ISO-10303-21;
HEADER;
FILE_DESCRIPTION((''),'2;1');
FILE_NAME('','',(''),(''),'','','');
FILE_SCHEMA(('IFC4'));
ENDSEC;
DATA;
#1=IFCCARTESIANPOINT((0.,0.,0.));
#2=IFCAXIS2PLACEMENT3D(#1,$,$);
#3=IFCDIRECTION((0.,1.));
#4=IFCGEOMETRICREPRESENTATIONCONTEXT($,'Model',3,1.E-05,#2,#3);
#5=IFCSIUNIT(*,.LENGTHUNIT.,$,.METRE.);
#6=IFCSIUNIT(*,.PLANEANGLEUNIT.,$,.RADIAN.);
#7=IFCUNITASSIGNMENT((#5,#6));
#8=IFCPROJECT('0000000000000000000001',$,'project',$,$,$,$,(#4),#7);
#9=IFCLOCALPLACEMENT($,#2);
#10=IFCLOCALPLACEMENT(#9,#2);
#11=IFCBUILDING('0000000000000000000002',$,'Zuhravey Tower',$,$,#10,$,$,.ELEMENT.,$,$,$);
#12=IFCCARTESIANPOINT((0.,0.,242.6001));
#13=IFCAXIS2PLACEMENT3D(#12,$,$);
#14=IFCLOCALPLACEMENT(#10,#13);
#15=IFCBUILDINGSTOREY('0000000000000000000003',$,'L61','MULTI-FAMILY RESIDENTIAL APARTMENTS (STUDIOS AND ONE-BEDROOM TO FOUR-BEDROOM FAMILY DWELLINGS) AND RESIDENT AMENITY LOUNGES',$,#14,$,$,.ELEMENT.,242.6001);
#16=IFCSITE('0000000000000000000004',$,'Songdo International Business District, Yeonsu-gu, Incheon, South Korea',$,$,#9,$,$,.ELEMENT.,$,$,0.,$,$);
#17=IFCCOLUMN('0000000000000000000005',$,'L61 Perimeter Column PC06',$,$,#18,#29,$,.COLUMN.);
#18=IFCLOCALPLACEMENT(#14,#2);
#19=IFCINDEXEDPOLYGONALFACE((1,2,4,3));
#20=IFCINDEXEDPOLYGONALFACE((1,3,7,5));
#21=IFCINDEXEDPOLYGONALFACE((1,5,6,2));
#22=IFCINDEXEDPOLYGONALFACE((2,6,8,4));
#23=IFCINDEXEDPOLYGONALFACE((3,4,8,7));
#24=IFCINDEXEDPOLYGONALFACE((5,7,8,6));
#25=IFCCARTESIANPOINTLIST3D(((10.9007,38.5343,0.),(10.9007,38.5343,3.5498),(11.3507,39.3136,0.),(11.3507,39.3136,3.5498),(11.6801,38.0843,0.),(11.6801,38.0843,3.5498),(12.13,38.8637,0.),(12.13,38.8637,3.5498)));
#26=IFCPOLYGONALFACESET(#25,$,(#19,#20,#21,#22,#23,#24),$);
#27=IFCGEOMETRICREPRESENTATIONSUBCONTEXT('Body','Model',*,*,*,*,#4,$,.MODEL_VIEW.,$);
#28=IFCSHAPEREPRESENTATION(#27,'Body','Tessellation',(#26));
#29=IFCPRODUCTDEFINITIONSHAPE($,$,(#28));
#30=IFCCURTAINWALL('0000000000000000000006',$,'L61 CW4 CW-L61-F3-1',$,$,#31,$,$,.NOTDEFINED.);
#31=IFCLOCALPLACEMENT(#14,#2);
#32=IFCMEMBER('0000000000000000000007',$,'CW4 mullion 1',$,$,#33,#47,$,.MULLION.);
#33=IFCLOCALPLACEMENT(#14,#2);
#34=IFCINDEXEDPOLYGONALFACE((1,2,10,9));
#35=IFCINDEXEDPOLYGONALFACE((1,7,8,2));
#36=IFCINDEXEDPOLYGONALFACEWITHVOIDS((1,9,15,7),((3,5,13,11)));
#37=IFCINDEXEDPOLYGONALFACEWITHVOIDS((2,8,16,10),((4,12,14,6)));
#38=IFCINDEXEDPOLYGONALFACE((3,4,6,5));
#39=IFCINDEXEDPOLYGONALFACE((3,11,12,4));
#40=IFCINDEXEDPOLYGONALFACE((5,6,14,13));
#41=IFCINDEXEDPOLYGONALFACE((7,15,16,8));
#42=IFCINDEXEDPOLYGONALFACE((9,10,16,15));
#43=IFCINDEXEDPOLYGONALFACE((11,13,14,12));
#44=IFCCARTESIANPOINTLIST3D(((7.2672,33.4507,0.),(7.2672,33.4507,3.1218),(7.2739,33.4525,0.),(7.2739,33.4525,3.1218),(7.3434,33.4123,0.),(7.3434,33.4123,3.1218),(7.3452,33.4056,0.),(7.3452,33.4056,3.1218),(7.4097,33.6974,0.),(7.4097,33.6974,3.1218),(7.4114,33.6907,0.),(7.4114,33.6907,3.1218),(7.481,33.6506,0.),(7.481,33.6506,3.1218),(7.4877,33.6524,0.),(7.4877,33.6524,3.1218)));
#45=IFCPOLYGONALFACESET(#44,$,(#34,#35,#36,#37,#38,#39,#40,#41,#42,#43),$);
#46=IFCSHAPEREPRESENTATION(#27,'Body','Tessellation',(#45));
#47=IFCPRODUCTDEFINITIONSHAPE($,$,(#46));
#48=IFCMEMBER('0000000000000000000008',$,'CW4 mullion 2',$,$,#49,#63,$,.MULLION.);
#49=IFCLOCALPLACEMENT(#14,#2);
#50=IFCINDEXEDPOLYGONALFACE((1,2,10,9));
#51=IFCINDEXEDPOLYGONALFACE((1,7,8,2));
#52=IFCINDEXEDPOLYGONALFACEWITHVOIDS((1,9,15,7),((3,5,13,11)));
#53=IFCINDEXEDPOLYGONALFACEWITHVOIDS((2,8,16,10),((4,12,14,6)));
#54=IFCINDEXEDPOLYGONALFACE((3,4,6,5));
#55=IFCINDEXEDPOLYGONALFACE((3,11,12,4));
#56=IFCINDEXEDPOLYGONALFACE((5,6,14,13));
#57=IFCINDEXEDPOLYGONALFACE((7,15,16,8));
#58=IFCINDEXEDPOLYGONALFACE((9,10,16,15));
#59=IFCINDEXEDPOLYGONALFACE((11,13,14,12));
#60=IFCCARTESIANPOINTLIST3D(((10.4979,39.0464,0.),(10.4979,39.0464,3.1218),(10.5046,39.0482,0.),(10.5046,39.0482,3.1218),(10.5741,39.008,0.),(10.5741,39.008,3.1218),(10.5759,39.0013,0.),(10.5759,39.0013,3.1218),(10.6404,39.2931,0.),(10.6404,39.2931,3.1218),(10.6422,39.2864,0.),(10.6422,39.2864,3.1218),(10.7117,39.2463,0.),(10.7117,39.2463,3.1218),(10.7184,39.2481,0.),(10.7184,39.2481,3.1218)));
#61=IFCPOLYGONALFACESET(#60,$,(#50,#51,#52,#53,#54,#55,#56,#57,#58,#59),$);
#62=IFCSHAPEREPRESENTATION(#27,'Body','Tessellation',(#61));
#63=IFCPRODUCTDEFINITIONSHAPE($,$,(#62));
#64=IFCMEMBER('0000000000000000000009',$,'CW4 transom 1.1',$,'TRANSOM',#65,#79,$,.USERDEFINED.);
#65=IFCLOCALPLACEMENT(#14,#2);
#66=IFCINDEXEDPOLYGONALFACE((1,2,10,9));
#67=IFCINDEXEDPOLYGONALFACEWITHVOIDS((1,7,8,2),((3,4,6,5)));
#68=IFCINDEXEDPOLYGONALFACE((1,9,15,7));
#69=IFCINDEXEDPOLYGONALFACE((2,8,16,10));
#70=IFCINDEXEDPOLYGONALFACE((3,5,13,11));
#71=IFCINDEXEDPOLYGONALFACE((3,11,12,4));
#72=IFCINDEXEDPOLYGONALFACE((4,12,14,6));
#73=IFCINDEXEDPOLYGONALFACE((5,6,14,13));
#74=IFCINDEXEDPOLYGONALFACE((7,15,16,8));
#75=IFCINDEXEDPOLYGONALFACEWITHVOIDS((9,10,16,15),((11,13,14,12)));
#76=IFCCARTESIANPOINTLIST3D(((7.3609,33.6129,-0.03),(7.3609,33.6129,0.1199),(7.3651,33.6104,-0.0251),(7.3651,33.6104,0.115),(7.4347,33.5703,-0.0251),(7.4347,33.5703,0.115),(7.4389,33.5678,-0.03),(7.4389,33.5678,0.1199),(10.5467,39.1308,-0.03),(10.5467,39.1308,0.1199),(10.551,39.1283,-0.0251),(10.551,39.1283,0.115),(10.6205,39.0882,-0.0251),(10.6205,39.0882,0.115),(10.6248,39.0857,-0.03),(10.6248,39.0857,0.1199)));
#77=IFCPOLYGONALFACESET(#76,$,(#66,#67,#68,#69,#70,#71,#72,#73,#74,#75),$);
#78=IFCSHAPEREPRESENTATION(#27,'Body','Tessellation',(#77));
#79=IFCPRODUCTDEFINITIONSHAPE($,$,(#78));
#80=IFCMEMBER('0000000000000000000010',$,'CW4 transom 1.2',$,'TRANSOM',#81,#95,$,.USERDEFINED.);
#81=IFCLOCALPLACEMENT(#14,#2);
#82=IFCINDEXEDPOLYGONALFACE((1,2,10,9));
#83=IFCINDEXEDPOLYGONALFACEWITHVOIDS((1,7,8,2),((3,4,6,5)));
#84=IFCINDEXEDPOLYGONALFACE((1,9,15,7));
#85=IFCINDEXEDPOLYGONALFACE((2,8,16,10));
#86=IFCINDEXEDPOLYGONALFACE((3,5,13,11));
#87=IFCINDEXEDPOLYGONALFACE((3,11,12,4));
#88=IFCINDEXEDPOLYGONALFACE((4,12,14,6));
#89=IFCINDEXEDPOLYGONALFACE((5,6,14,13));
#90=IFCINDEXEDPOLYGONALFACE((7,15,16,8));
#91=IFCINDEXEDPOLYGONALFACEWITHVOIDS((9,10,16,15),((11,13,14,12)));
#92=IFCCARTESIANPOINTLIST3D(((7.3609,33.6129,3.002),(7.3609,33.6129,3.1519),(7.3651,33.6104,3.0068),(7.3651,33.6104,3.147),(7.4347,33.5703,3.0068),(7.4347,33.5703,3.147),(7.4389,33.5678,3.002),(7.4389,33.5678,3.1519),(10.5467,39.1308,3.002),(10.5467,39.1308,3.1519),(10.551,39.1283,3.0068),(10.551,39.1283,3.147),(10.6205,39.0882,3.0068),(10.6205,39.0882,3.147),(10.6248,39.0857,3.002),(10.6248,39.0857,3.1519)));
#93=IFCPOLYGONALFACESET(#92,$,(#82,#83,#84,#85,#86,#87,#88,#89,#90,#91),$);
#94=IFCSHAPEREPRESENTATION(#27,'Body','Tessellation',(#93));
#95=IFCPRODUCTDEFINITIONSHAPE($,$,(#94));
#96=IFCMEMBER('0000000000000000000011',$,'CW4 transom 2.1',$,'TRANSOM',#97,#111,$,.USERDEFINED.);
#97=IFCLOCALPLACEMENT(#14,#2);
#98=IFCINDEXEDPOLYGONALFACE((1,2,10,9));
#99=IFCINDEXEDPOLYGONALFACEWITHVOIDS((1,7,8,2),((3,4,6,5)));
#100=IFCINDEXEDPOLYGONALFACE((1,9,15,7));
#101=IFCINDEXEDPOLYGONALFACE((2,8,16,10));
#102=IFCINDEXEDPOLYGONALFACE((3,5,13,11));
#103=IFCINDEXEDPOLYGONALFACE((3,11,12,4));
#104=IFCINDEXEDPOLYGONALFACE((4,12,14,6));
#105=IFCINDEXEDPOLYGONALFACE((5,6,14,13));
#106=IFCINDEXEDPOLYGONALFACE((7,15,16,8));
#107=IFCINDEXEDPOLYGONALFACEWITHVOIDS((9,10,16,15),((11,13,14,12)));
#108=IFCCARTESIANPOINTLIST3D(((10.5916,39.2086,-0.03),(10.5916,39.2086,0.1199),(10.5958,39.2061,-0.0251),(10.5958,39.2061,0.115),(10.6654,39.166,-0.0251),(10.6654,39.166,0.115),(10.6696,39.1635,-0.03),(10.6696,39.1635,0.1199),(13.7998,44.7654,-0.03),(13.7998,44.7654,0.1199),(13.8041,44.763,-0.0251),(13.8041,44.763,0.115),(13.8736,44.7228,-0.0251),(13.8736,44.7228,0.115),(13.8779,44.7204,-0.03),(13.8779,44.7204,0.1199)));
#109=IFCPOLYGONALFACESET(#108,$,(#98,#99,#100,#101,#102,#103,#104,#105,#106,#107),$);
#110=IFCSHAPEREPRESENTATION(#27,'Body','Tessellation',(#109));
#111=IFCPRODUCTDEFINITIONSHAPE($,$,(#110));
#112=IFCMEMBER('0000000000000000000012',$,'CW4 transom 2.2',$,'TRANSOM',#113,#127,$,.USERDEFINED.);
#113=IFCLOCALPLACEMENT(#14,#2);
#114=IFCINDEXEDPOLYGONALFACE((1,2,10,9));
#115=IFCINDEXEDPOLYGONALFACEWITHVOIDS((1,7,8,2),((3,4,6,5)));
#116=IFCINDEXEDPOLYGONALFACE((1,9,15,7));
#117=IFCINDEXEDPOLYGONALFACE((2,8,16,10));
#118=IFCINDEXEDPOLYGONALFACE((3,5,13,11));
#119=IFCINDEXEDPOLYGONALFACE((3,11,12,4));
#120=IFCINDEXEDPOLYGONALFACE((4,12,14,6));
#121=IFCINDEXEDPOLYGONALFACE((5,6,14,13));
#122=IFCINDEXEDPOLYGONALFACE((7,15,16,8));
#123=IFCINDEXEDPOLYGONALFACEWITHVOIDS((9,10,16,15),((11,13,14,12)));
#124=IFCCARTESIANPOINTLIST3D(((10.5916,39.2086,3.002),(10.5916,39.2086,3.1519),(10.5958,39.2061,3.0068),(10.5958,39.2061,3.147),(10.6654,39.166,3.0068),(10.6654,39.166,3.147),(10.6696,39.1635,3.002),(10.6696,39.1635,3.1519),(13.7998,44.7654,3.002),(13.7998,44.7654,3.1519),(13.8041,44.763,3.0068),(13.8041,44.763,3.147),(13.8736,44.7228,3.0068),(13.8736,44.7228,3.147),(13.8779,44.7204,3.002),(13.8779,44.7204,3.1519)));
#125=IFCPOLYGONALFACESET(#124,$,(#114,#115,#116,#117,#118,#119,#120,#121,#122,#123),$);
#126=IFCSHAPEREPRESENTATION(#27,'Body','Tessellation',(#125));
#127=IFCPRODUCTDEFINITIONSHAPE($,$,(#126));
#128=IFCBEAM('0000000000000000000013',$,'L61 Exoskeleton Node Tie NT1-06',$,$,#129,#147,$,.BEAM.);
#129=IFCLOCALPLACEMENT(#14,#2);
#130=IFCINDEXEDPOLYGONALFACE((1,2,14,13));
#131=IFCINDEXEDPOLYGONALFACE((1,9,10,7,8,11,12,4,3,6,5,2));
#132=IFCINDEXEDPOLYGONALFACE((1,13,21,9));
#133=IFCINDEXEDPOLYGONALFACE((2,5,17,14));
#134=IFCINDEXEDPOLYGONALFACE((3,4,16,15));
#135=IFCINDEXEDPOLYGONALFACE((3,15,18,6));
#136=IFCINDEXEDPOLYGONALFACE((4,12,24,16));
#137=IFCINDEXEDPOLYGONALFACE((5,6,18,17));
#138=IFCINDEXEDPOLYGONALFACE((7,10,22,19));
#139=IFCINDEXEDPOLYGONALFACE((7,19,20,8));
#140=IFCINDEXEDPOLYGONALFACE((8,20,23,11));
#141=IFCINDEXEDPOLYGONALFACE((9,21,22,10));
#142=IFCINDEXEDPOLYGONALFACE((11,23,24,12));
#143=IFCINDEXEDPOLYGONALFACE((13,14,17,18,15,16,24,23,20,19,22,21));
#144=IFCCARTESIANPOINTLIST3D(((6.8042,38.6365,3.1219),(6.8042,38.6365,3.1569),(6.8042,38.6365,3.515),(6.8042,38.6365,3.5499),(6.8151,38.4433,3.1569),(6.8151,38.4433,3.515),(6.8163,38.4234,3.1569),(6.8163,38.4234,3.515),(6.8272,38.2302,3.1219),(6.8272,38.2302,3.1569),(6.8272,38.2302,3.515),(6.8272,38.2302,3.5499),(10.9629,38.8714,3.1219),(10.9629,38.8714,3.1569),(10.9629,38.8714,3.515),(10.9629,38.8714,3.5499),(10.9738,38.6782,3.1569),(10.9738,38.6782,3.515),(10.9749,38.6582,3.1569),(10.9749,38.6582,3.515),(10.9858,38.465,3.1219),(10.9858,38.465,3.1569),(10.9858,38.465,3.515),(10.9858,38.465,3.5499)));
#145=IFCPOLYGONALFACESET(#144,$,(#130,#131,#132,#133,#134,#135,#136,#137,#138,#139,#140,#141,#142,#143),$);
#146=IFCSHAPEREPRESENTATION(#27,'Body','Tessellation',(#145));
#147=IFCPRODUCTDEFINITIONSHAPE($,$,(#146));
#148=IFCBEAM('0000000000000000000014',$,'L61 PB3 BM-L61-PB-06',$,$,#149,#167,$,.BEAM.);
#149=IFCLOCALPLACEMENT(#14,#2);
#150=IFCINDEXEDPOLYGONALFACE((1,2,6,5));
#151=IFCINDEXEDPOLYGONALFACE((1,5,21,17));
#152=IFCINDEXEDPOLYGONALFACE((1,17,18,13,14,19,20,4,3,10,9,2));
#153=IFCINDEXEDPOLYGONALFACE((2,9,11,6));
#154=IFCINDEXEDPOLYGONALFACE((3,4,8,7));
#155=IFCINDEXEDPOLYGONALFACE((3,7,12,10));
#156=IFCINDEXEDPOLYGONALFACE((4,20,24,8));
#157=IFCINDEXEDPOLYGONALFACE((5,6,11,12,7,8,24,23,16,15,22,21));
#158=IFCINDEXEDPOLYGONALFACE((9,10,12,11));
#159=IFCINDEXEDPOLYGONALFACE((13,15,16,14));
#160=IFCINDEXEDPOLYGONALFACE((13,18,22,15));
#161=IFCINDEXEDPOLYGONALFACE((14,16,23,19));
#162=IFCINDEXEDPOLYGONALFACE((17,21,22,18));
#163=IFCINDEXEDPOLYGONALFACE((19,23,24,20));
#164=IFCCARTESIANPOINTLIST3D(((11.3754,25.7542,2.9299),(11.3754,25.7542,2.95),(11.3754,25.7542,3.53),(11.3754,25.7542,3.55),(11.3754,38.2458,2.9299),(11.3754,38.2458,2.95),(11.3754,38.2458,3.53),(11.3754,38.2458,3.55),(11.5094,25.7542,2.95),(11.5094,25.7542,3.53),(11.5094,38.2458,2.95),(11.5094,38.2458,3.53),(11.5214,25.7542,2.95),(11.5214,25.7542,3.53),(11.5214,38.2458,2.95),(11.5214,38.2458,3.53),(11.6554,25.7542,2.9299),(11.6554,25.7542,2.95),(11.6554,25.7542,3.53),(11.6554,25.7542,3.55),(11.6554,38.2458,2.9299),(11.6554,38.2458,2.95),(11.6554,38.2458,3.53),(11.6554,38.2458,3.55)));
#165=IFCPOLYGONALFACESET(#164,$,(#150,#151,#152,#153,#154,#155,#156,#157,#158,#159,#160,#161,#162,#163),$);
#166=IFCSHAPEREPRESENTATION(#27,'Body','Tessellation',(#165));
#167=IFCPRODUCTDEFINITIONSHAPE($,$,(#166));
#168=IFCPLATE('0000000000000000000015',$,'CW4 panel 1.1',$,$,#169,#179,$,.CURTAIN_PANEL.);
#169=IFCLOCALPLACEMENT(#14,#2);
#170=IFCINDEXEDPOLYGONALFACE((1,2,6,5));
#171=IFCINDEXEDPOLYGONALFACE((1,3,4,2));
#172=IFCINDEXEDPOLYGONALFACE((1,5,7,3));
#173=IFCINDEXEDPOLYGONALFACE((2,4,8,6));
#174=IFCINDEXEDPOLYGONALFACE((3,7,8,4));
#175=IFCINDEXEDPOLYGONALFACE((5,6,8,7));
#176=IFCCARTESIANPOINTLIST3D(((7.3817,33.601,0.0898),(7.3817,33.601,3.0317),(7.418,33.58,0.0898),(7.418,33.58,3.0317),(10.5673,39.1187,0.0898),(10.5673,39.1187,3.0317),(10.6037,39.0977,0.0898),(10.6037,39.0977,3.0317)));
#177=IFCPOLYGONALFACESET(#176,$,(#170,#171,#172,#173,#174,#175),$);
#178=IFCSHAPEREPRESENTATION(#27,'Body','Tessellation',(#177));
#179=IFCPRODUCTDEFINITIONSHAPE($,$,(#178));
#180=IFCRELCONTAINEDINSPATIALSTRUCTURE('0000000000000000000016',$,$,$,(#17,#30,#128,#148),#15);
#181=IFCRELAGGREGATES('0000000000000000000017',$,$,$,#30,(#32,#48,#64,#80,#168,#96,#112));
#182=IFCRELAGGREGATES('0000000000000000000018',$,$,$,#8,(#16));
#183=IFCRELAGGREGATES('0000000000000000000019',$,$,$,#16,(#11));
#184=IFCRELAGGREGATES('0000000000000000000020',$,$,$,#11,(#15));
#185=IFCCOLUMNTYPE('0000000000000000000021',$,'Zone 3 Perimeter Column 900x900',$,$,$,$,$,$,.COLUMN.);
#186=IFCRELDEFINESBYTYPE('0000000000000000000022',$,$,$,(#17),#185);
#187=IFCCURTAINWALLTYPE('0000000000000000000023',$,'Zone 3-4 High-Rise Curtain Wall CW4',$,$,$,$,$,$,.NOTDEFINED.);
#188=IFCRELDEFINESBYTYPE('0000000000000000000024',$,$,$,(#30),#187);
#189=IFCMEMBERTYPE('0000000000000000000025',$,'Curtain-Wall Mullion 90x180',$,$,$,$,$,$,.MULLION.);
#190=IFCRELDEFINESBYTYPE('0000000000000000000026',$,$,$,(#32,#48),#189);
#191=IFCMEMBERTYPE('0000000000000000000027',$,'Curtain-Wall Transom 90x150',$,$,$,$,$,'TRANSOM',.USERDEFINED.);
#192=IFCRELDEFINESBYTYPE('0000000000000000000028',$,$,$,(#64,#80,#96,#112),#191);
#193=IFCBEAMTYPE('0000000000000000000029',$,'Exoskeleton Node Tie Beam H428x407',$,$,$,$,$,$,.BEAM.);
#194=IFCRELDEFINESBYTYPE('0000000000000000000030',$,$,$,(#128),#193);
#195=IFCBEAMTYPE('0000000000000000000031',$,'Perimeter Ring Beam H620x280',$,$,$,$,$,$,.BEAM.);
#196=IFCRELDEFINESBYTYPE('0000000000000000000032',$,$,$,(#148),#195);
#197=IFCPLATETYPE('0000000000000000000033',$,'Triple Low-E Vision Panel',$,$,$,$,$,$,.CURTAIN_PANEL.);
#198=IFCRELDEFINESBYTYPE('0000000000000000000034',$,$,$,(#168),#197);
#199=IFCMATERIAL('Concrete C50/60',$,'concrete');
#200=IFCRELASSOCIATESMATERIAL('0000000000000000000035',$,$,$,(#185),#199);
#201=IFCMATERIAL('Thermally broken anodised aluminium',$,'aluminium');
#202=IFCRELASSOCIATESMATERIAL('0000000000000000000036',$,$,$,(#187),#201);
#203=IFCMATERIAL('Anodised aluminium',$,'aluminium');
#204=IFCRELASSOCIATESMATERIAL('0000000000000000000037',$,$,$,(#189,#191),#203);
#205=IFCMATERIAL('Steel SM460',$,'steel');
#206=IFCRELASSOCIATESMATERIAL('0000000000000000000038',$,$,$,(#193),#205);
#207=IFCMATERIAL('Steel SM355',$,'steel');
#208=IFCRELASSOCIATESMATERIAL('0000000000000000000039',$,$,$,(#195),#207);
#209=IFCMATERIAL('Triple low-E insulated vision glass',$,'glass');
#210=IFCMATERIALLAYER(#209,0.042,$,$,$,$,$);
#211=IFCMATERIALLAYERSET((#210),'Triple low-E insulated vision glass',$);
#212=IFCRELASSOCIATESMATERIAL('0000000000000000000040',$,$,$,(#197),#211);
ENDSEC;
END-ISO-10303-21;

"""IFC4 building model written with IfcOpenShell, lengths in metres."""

from ifc_helpers import new_model, si_unit, direction, frame, origin, origin_2d, place, context, subcontext, project, spatial, rectangle, hollow_rectangle, i_section, extrude, material, layer, layer_set, material_profile, profile_set, type_object, element, aggregate, save


model = new_model("IFC4")

# Units and contexts
model_context = context("Model", 3, precision=1e-05, world=origin(), true_north=direction((0.0, 1.0)))
body_context = subcontext(model_context, "Body", "Model", "MODEL_VIEW")
ifc_project = project(units=[si_unit("LENGTHUNIT", "METRE"), si_unit("PLANEANGLEUNIT", "RADIAN")], contexts=[model_context])

# Site, building, storey
site_placement = place(None, origin())
site = spatial("IfcSite", under=ifc_project, at=site_placement, Name="Songdo International Business District, Yeonsu-gu, Incheon, South Korea", CompositionType="ELEMENT", RefElevation=0.0)
building_placement = place(site_placement, origin())
building = spatial("IfcBuilding", under=site, at=building_placement, Name="Zuhravey Tower", CompositionType="ELEMENT")
storey_placement = place(building_placement, frame((0.0, 0.0, 242.6001)))
storey = spatial("IfcBuildingStorey", under=building, at=storey_placement, Name="L61", Description="MULTI-FAMILY RESIDENTIAL APARTMENTS (STUDIOS AND ONE-BEDROOM TO FOUR-BEDROOM FAMILY DWELLINGS) AND RESIDENT AMENITY LOUNGES", CompositionType="ELEMENT", Elevation=242.6001)

# Column
ifc_material_1 = material(Name="Concrete C50/60", Category="concrete")
ifc_material_profile_1 = material_profile(ifc_material_1, rectangle(XDim=0.8999, YDim=0.8999, at=origin_2d()), Name="RC-900x900")
ifc_profile_set_1 = profile_set([ifc_material_profile_1], Name="Concrete C50/60")
column_type = type_object("IfcColumnType", Name="Zone 3 Perimeter Column 900x900", PredefinedType="COLUMN", material=ifc_profile_set_1)
column_placement = place(storey_placement, frame((11.5154, 38.699, 0.0), z_axis=(0.0, 0.0, 1.0), x_axis=(-0.5, -0.866025, 0.0)))
element("IfcColumn", 1, at=column_placement, inside=storey, type_object=column_type, Name="L61 Perimeter Column PC06", PredefinedType="COLUMN", context=body_context, shape_type="SweptSolid", body=[
    extrude(rectangle(XDim=0.8999, YDim=0.8999, at=origin_2d()), origin(), (0.0, 0.0, 1.0), 3.5498),
])

# Curtain wall, members
ifc_material_2 = material(Name="Thermally broken anodised aluminium", Category="aluminium")
curtain_wall_type = type_object("IfcCurtainWallType", Name="Zone 3-4 High-Rise Curtain Wall CW4", PredefinedType="NOTDEFINED", material=ifc_material_2)
curtain_wall_placement = place(storey_placement, origin())
curtain_wall = element("IfcCurtainWall", 2, at=curtain_wall_placement, inside=storey, type_object=curtain_wall_type, Name="L61 CW4 CW-L61-F3-1", PredefinedType="NOTDEFINED")
ifc_material_3 = material(Name="Anodised aluminium", Category="aluminium")
ifc_material_profile_2 = material_profile(ifc_material_3, hollow_rectangle(XDim=0.0901, YDim=0.2849, WallThickness=0.0049, at=origin_2d()), Name="ALU-RHS-90x285x5")
ifc_profile_set_2 = profile_set([ifc_material_profile_2], Name="Anodised aluminium")
member_type_1 = type_object("IfcMemberType", Name="Curtain-Wall Mullion 90x180", PredefinedType="MULLION", material=ifc_profile_set_2)
member_1_placement = place(storey_placement, frame((7.3774, 33.5515, 0.0), z_axis=(0.0, 0.0, 1.0), x_axis=(-0.866025, 0.500001, 0.0)))
member_1 = element("IfcMember", 3, at=member_1_placement, type_object=member_type_1, Name="CW4 mullion 1", PredefinedType="MULLION", context=body_context, shape_type="SweptSolid", body=[
    extrude(hollow_rectangle(XDim=0.0901, YDim=0.2849, WallThickness=0.0049, at=origin_2d()), origin(), (0.0, 0.0, 1.0), 3.1218),
])
member_2_placement = place(storey_placement, frame((10.6082, 39.1472, 0.0), z_axis=(0.0, 0.0, 1.0), x_axis=(-0.866025, 0.500001, 0.0)))
member_2 = element("IfcMember", 4, at=member_2_placement, type_object=member_type_1, Name="CW4 mullion 2", PredefinedType="MULLION", context=body_context, shape_type="SweptSolid", body=[
    extrude(hollow_rectangle(XDim=0.0901, YDim=0.2849, WallThickness=0.0049, at=origin_2d()), origin(), (0.0, 0.0, 1.0), 3.1218),
])
ifc_material_profile_3 = material_profile(ifc_material_3, hollow_rectangle(XDim=0.0901, YDim=0.1499, WallThickness=0.0049, at=origin_2d()), Name="ALU-RHS-90x150x5")
ifc_profile_set_3 = profile_set([ifc_material_profile_3], Name="Anodised aluminium")
member_type_2 = type_object("IfcMemberType", Name="Curtain-Wall Transom 90x150", ElementType="TRANSOM", PredefinedType="USERDEFINED", material=ifc_profile_set_3)
member_3_placement = place(storey_placement, frame((7.3999, 33.5903, 0.0449), z_axis=(0.500009, 0.86602, 0.0), x_axis=(-0.86602, 0.500009, 0.0)))
member_3 = element("IfcMember", 5, at=member_3_placement, type_object=member_type_2, Name="CW4 transom 1.1", ObjectType="TRANSOM", PredefinedType="USERDEFINED", context=body_context, shape_type="SweptSolid", body=[
    extrude(hollow_rectangle(XDim=0.0901, YDim=0.1499, WallThickness=0.0049, at=origin_2d()), origin(), (0.0, 0.0, 1.0), 6.3716),
])
member_4_placement = place(storey_placement, frame((7.3999, 33.5903, 3.0769), z_axis=(0.500009, 0.86602, 0.0), x_axis=(-0.86602, 0.500009, 0.0)))
member_4 = element("IfcMember", 6, at=member_4_placement, type_object=member_type_2, Name="CW4 transom 1.2", ObjectType="TRANSOM", PredefinedType="USERDEFINED", context=body_context, shape_type="SweptSolid", body=[
    extrude(hollow_rectangle(XDim=0.0901, YDim=0.1499, WallThickness=0.0049, at=origin_2d()), origin(), (0.0, 0.0, 1.0), 6.3716),
])
member_5_placement = place(storey_placement, frame((10.6306, 39.186, 0.0449), z_axis=(0.499998, 0.866027, 0.0), x_axis=(-0.866027, 0.499998, 0.0)))
member_5 = element("IfcMember", 7, at=member_5_placement, type_object=member_type_2, Name="CW4 transom 2.1", ObjectType="TRANSOM", PredefinedType="USERDEFINED", context=body_context, shape_type="SweptSolid", body=[
    extrude(hollow_rectangle(XDim=0.0901, YDim=0.1499, WallThickness=0.0049, at=origin_2d()), origin(), (0.0, 0.0, 1.0), 6.4165),
])
member_6_placement = place(storey_placement, frame((10.6306, 39.186, 3.0769), z_axis=(0.499998, 0.866027, 0.0), x_axis=(-0.866027, 0.499998, 0.0)))
member_6 = element("IfcMember", 8, at=member_6_placement, type_object=member_type_2, Name="CW4 transom 2.2", ObjectType="TRANSOM", PredefinedType="USERDEFINED", context=body_context, shape_type="SweptSolid", body=[
    extrude(hollow_rectangle(XDim=0.0901, YDim=0.1499, WallThickness=0.0049, at=origin_2d()), origin(), (0.0, 0.0, 1.0), 6.4165),
])

# Beams
ifc_material_4 = material(Name="Steel SM460", Category="steel")
ifc_material_profile_4 = material_profile(ifc_material_4, i_section(OverallWidth=0.407, OverallDepth=0.428, WebThickness=0.02, FlangeThickness=0.0349, at=origin_2d()), Name="H-428x407x20x35")
ifc_profile_set_4 = profile_set([ifc_material_profile_4], Name="Steel SM460")
beam_type_1 = type_object("IfcBeamType", Name="Exoskeleton Node Tie Beam H428x407", PredefinedType="BEAM", material=ifc_profile_set_4)
beam_1_placement = place(storey_placement, frame((10.9744, 38.6682, 3.3359), z_axis=(-0.998409, -0.056385, 0.0), x_axis=(0.056385, -0.998409, 0.0)))
element("IfcBeam", 9, at=beam_1_placement, inside=storey, type_object=beam_type_1, Name="L61 Exoskeleton Node Tie NT1-06", PredefinedType="BEAM", context=body_context, shape_type="SweptSolid", body=[
    extrude(i_section(OverallWidth=0.407, OverallDepth=0.428, WebThickness=0.02, FlangeThickness=0.0349, at=origin_2d()), origin(), (0.0, 0.0, 1.0), 4.1653),
])
ifc_material_5 = material(Name="Steel SM355", Category="steel")
ifc_material_profile_5 = material_profile(ifc_material_5, i_section(OverallWidth=0.28, OverallDepth=0.6201, WebThickness=0.012, FlangeThickness=0.02, at=origin_2d()), Name="H-620x280x12x20")
ifc_profile_set_5 = profile_set([ifc_material_profile_5], Name="Steel SM355")
beam_type_2 = type_object("IfcBeamType", Name="Perimeter Ring Beam H620x280", PredefinedType="BEAM", material=ifc_profile_set_5)
beam_2_placement = place(storey_placement, frame((11.5154, 38.2458, 3.24), z_axis=(0.0, -1.0, 0.0), x_axis=(1.0, 0.0, 0.0)))
element("IfcBeam", 10, at=beam_2_placement, inside=storey, type_object=beam_type_2, Name="L61 PB3 BM-L61-PB-06", PredefinedType="BEAM", context=body_context, shape_type="SweptSolid", body=[
    extrude(i_section(OverallWidth=0.28, OverallDepth=0.6201, WebThickness=0.012, FlangeThickness=0.02, at=origin_2d()), origin(), (0.0, 0.0, 1.0), 12.4917),
])

# Plate
ifc_material_6 = material(Name="Triple low-E insulated vision glass", Category="glass")
ifc_layer_1 = layer(ifc_material_6, 0.042)
ifc_layer_set_1 = layer_set([ifc_layer_1], Name="Triple low-E insulated vision glass")
plate_type = type_object("IfcPlateType", Name="Triple Low-E Vision Panel", PredefinedType="CURTAIN_PANEL", material=ifc_layer_set_1)
plate_1_placement = place(storey_placement, frame((8.9927, 36.3494, 0.0898), z_axis=(0.0, 0.0, 1.0), x_axis=(0.500001, 0.866025, 0.0)))
plate_1 = element("IfcPlate", 11, at=plate_1_placement, type_object=plate_type, Name="CW4 panel 1.1", PredefinedType="CURTAIN_PANEL", context=body_context, shape_type="SweptSolid", body=[
    extrude(rectangle(XDim=6.3713, YDim=0.042, at=origin_2d()), origin(), (0.0, 0.0, 1.0), 2.9419),
])
aggregate(curtain_wall, [member_1, member_2, member_3, member_4, plate_1, member_5, member_6])

save(model, "model.ifc")
